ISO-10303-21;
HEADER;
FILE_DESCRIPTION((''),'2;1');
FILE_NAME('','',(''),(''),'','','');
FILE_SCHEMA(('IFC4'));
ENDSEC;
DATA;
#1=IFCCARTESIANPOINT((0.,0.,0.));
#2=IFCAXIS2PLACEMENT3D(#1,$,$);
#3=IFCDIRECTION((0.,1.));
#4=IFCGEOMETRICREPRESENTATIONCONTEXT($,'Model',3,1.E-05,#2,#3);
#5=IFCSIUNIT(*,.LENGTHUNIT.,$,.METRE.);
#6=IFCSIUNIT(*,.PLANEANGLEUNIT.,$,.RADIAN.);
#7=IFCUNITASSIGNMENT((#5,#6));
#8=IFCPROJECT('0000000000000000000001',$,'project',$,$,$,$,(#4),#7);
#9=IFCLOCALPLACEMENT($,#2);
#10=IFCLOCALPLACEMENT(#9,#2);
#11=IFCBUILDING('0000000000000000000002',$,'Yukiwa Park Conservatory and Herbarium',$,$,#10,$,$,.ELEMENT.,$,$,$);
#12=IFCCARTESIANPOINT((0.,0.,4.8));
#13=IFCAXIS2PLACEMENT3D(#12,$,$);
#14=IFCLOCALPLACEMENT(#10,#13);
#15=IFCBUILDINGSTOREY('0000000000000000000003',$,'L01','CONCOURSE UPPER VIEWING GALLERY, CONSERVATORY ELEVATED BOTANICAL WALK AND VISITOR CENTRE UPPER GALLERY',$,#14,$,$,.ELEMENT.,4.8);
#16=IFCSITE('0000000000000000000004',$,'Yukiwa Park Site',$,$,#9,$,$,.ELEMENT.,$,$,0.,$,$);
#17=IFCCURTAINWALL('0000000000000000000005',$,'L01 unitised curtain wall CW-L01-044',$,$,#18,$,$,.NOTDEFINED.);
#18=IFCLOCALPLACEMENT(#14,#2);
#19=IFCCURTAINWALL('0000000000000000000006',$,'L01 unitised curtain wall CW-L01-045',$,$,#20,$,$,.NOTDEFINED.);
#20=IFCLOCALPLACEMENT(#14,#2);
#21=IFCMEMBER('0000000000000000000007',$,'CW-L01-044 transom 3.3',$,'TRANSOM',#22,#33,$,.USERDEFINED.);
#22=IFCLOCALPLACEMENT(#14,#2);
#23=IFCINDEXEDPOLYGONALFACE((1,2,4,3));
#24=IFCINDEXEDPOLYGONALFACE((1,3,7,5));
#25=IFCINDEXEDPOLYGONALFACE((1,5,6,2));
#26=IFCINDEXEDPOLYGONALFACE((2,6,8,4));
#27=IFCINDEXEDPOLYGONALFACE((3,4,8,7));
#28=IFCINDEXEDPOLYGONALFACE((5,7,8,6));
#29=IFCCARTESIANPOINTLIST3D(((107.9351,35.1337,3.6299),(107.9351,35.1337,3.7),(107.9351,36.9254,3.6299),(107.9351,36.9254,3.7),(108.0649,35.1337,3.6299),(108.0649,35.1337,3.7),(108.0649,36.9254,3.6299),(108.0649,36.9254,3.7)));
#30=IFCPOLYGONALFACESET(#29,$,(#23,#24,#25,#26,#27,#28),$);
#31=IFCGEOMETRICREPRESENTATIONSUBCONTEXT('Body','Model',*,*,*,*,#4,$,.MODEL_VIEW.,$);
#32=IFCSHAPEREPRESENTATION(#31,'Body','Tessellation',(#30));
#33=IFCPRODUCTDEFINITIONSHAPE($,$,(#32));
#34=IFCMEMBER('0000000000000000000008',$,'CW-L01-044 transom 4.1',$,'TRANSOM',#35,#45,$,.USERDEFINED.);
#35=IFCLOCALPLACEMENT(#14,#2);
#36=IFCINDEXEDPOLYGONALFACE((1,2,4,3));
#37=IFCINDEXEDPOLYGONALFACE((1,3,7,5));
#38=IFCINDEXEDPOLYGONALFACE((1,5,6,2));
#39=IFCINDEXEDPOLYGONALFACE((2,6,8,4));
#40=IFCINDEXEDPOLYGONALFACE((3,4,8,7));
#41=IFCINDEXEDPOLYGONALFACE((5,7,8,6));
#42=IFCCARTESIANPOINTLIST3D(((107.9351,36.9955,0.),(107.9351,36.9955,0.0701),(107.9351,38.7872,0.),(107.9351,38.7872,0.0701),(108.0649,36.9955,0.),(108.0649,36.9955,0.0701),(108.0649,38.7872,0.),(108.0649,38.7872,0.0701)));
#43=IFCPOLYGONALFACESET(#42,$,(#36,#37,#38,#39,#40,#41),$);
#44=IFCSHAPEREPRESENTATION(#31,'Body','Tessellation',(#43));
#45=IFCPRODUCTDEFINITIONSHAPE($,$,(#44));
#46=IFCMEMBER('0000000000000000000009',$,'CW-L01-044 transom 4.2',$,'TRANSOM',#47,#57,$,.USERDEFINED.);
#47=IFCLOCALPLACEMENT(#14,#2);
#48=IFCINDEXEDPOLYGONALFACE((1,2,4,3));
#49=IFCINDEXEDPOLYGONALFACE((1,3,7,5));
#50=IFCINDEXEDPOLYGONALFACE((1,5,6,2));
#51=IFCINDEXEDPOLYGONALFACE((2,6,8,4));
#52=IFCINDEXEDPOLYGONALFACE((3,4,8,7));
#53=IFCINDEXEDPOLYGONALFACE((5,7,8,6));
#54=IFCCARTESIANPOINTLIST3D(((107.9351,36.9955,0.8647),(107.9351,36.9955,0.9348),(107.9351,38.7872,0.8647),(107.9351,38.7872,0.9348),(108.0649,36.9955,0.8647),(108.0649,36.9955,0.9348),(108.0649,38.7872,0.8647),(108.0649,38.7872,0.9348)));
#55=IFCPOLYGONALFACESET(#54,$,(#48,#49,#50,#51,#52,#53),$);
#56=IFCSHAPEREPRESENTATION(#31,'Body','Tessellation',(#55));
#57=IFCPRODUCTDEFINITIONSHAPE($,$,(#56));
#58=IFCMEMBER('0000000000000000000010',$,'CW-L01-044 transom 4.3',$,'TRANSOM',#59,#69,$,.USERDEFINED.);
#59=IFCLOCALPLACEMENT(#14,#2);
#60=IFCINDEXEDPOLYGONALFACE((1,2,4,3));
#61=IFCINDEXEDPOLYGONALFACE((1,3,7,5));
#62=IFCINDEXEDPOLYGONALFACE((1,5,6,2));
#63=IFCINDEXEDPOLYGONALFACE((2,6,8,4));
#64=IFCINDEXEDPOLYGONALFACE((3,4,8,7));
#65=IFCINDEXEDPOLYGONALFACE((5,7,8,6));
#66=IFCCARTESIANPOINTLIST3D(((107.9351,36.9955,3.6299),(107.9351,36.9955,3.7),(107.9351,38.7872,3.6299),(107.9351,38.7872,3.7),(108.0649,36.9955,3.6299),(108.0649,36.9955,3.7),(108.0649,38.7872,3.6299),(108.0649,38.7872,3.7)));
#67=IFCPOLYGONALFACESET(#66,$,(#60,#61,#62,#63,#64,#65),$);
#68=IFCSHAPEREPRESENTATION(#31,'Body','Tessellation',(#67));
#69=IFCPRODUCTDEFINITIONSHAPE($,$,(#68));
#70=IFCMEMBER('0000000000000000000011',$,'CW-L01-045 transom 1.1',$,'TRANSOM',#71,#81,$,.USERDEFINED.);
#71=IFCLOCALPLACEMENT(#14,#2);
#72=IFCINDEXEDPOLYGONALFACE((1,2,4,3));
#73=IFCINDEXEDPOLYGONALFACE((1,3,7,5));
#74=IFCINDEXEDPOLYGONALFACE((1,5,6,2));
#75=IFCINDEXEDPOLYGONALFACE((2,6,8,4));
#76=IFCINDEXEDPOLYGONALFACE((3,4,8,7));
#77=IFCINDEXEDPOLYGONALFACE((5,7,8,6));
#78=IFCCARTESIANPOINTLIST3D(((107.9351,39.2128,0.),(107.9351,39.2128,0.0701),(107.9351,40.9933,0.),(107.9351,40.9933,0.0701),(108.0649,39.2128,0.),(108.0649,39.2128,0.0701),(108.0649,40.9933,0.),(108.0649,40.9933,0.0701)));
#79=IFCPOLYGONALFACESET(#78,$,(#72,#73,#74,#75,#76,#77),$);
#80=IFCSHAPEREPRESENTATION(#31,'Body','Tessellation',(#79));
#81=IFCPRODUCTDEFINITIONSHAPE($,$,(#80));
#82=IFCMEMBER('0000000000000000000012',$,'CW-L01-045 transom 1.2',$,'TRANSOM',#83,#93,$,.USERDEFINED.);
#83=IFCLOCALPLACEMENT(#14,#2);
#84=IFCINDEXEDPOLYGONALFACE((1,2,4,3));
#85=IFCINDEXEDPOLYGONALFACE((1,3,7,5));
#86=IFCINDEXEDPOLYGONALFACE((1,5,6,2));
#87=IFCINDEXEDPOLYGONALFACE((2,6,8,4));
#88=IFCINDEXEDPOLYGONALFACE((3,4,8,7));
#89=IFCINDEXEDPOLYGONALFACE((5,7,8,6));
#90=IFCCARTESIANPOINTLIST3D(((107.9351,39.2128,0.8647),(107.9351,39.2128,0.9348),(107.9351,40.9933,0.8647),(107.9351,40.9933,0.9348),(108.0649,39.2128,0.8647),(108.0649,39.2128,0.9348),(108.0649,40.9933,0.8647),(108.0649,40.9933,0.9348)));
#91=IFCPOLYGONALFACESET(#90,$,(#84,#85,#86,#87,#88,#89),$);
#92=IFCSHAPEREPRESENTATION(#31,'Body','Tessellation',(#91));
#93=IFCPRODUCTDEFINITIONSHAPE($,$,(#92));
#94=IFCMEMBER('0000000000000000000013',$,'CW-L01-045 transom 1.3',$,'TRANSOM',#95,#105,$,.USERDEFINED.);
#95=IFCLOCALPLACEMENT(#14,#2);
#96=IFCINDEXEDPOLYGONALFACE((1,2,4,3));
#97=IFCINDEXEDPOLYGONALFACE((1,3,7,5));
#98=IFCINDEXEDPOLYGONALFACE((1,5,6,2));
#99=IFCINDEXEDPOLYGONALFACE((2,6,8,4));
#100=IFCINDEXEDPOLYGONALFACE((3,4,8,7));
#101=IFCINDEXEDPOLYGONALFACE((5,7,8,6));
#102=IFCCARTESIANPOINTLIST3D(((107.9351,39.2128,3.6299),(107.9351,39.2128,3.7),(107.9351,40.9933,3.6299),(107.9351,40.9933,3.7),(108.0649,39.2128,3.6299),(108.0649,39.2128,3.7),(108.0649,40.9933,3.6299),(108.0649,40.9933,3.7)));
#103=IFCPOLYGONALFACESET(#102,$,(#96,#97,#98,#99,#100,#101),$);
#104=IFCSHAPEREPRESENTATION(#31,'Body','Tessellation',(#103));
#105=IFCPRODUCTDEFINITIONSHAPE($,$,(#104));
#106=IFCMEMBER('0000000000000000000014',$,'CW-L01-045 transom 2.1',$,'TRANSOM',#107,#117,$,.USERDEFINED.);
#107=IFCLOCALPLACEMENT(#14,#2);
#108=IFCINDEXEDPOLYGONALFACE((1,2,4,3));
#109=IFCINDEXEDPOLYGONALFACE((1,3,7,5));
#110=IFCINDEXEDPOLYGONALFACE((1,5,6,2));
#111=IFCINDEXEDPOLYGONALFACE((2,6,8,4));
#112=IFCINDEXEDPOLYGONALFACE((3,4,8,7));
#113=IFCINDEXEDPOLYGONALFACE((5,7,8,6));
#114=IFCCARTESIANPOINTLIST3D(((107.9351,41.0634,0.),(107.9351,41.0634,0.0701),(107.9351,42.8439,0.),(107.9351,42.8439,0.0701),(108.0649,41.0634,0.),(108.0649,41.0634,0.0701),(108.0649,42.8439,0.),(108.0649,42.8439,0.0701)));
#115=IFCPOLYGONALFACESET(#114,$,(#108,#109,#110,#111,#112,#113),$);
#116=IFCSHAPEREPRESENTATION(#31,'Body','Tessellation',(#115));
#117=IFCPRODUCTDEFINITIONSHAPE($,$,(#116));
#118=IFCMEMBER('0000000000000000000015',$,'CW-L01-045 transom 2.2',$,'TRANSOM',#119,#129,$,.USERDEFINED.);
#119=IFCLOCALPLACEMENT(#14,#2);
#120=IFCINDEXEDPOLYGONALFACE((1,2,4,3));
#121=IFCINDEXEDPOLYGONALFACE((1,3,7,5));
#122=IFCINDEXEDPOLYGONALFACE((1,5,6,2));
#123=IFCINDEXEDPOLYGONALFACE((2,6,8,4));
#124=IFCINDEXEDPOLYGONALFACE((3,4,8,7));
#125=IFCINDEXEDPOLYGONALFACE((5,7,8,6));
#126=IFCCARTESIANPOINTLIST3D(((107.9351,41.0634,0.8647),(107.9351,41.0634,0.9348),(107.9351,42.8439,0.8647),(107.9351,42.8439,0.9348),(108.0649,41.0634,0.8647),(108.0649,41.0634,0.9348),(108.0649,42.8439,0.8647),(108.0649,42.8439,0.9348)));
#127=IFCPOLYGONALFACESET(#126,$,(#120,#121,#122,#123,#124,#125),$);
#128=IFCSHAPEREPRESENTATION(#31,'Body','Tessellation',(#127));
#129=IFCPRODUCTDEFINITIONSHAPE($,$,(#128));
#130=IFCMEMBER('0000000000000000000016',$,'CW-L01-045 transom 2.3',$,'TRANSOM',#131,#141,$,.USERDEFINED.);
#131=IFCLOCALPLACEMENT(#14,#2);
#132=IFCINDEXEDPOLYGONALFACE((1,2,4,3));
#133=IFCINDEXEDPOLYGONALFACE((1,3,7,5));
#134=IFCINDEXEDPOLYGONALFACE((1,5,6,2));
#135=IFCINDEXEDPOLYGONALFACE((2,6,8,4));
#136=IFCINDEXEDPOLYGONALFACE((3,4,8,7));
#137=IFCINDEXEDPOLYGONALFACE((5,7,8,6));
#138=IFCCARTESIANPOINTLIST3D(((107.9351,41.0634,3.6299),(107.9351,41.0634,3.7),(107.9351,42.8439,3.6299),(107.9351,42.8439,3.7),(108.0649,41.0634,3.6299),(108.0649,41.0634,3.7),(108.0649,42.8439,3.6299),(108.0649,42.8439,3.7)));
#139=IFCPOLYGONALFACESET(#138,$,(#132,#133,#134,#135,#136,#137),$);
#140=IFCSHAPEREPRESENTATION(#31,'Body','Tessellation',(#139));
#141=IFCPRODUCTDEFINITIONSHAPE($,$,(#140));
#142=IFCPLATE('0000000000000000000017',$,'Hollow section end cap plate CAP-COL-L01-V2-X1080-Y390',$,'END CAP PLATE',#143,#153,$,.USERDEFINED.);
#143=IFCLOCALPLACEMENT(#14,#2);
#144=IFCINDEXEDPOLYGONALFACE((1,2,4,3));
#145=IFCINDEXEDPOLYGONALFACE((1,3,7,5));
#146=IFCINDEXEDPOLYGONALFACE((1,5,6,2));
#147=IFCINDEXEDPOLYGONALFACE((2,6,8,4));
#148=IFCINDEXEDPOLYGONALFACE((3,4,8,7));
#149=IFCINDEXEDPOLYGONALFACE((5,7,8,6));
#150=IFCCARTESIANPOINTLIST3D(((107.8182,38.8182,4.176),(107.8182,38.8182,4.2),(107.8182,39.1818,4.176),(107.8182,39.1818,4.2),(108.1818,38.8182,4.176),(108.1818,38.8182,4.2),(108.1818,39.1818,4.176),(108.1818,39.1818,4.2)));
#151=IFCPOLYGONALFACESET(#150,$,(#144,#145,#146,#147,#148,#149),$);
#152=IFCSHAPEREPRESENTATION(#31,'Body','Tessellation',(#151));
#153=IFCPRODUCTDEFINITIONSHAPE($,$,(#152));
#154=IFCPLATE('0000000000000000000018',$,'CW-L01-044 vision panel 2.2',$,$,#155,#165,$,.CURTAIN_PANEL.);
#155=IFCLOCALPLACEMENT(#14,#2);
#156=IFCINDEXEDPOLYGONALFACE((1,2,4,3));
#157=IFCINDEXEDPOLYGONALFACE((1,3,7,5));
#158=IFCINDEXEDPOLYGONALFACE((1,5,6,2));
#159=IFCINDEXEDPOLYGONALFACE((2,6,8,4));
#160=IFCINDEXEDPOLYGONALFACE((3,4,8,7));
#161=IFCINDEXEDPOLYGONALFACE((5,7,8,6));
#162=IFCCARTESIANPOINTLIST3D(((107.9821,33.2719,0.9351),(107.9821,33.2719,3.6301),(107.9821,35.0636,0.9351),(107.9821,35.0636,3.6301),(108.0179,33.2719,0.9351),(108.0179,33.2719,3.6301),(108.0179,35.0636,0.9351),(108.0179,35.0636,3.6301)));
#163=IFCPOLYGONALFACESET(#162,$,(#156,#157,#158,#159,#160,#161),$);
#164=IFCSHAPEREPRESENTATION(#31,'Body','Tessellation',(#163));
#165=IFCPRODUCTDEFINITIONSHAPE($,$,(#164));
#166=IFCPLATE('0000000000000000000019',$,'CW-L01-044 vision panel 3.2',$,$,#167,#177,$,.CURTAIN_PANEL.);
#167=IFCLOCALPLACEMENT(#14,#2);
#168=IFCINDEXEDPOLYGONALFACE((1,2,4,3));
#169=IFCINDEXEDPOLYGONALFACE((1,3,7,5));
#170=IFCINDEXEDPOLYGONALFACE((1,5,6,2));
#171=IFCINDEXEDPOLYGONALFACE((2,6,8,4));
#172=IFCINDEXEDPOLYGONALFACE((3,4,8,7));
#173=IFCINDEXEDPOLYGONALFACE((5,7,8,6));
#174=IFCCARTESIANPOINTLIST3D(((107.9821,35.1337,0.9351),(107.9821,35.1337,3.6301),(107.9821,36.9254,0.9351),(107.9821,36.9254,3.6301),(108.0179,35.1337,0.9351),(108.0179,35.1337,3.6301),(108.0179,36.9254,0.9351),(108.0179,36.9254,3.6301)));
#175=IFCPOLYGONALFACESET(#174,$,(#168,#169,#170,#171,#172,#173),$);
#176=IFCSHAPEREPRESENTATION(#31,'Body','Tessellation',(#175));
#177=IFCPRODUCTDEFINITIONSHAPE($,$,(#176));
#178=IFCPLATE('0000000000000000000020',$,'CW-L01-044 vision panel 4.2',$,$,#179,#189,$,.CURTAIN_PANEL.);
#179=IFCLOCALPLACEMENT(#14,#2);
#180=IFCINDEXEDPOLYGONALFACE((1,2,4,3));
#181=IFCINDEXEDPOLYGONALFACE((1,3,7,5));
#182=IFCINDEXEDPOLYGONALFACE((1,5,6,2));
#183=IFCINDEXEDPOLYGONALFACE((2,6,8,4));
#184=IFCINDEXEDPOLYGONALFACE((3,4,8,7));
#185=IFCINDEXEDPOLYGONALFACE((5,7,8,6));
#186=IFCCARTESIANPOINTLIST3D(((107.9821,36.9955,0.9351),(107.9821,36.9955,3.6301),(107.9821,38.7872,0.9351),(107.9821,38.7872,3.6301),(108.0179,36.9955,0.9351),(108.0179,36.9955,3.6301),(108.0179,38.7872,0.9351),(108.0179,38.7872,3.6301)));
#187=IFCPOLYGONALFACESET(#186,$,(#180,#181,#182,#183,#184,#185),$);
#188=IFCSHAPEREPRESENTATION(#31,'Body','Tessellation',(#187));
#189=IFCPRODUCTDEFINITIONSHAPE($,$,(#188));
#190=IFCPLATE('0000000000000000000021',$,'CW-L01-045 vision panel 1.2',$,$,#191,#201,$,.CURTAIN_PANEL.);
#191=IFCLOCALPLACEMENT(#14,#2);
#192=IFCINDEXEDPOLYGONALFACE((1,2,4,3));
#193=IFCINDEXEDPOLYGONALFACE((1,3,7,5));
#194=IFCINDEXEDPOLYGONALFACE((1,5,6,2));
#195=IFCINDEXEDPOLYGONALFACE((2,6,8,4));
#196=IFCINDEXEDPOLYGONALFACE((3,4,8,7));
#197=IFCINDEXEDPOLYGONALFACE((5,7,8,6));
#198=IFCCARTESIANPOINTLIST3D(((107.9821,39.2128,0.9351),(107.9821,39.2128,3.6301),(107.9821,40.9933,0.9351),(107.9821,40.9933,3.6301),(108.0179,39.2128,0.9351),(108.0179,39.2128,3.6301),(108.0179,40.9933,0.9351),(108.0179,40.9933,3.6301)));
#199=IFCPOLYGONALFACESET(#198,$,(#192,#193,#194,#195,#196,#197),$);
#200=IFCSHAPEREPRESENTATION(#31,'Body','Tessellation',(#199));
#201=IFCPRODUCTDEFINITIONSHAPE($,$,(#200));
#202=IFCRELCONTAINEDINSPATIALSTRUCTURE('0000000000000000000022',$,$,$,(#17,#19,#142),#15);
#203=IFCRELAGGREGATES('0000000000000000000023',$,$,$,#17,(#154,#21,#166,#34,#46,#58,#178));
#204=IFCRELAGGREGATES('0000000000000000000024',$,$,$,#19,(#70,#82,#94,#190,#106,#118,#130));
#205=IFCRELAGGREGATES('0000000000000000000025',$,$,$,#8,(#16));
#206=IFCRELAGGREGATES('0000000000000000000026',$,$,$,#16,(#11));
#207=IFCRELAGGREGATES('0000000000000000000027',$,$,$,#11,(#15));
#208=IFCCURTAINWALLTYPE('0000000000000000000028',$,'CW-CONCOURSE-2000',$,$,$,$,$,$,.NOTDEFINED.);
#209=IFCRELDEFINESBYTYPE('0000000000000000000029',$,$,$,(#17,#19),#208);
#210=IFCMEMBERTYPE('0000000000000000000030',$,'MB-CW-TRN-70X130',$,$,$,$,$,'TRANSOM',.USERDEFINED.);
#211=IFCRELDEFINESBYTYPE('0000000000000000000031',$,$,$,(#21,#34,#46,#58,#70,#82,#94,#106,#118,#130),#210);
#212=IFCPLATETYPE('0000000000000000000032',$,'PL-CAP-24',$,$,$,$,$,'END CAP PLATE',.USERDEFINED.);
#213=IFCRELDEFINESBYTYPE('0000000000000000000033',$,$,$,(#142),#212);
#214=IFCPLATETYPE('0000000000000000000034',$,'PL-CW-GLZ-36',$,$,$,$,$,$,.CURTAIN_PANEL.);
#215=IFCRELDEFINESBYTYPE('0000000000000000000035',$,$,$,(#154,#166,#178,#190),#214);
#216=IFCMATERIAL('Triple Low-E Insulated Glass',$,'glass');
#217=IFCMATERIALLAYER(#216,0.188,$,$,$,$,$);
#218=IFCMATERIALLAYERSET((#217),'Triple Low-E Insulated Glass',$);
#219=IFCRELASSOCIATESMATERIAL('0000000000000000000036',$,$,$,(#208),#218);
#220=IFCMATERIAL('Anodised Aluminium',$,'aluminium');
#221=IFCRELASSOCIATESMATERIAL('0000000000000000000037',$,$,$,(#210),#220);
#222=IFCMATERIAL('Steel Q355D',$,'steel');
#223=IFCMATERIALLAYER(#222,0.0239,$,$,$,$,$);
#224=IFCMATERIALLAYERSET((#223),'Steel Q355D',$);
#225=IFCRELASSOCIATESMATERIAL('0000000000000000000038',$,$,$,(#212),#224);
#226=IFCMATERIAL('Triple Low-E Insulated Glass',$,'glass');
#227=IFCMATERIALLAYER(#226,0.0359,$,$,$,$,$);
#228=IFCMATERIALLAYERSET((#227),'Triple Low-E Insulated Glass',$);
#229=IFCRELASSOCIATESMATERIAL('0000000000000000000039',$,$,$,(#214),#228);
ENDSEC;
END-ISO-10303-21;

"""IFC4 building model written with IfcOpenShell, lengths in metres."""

from ifc_helpers import new_model, si_unit, direction, frame, origin, origin_2d, place, context, subcontext, project, spatial, rectangle, extrude, material, layer, layer_set, type_object, element, aggregate, save


model = new_model("IFC4")

# Units and contexts
model_context = context("Model", 3, precision=1e-05, world=origin(), true_north=direction((0.0, 1.0)))
body_context = subcontext(model_context, "Body", "Model", "MODEL_VIEW")
ifc_project = project(units=[si_unit("LENGTHUNIT", "METRE"), si_unit("PLANEANGLEUNIT", "RADIAN")], contexts=[model_context])

# Site, building, storey
site_placement = place(None, origin())
site = spatial("IfcSite", under=ifc_project, at=site_placement, Name="Yukiwa Park Site", CompositionType="ELEMENT", RefElevation=0.0)
building_placement = place(site_placement, origin())
building = spatial("IfcBuilding", under=site, at=building_placement, Name="Yukiwa Park Conservatory and Herbarium", CompositionType="ELEMENT")
storey_placement = place(building_placement, frame((0.0, 0.0, 4.8)))
storey = spatial("IfcBuildingStorey", under=building, at=storey_placement, Name="L01", Description="CONCOURSE UPPER VIEWING GALLERY, CONSERVATORY ELEVATED BOTANICAL WALK AND VISITOR CENTRE UPPER GALLERY", CompositionType="ELEMENT", Elevation=4.8)

# Curtain walls
ifc_material_1 = material(Name="Triple Low-E Insulated Glass", Category="glass")
ifc_layer_1 = layer(ifc_material_1, 0.188)
ifc_layer_set_1 = layer_set([ifc_layer_1], Name="Triple Low-E Insulated Glass")
curtain_wall_type = type_object("IfcCurtainWallType", Name="CW-CONCOURSE-2000", PredefinedType="NOTDEFINED", material=ifc_layer_set_1)
curtain_wall_1_placement = place(storey_placement, origin())
curtain_wall_1 = element("IfcCurtainWall", 1, at=curtain_wall_1_placement, inside=storey, type_object=curtain_wall_type, Name="L01 unitised curtain wall CW-L01-044", PredefinedType="NOTDEFINED")
curtain_wall_2_placement = place(storey_placement, origin())
curtain_wall_2 = element("IfcCurtainWall", 2, at=curtain_wall_2_placement, inside=storey, type_object=curtain_wall_type, Name="L01 unitised curtain wall CW-L01-045", PredefinedType="NOTDEFINED")

# Members
ifc_material_2 = material(Name="Anodised Aluminium", Category="aluminium")
member_type_1 = type_object("IfcMemberType", Name="MB-CW-TRN-70X130", ElementType="TRANSOM", PredefinedType="USERDEFINED", material=ifc_material_2)
member_1_placement = place(storey_placement, frame((108.0, 36.0295, 3.6299), z_axis=(0.0, 0.0, 1.0), x_axis=(0.0, 1.0, 0.0)))
member_1 = element("IfcMember", 3, at=member_1_placement, type_object=member_type_1, Name="CW-L01-044 transom 3.3", ObjectType="TRANSOM", PredefinedType="USERDEFINED", context=body_context, shape_type="SweptSolid", body=[
    extrude(rectangle(XDim=1.7917, YDim=0.1299, at=origin_2d()), origin(), (0.0, 0.0, 1.0), 0.0701),
])
member_2_placement = place(storey_placement, frame((108.0, 37.8914, 0.0), z_axis=(0.0, 0.0, 1.0), x_axis=(0.0, 1.0, 0.0)))
member_2 = element("IfcMember", 4, at=member_2_placement, type_object=member_type_1, Name="CW-L01-044 transom 4.1", ObjectType="TRANSOM", PredefinedType="USERDEFINED", context=body_context, shape_type="SweptSolid", body=[
    extrude(rectangle(XDim=1.7917, YDim=0.1299, at=origin_2d()), origin(), (0.0, 0.0, 1.0), 0.0701),
])
member_3_placement = place(storey_placement, frame((108.0, 37.8914, 0.8647), z_axis=(0.0, 0.0, 1.0), x_axis=(0.0, 1.0, 0.0)))
member_3 = element("IfcMember", 5, at=member_3_placement, type_object=member_type_1, Name="CW-L01-044 transom 4.2", ObjectType="TRANSOM", PredefinedType="USERDEFINED", context=body_context, shape_type="SweptSolid", body=[
    extrude(rectangle(XDim=1.7917, YDim=0.1299, at=origin_2d()), origin(), (0.0, 0.0, 1.0), 0.0701),
])
member_4_placement = place(storey_placement, frame((108.0, 37.8914, 3.6299), z_axis=(0.0, 0.0, 1.0), x_axis=(0.0, 1.0, 0.0)))
member_4 = element("IfcMember", 6, at=member_4_placement, type_object=member_type_1, Name="CW-L01-044 transom 4.3", ObjectType="TRANSOM", PredefinedType="USERDEFINED", context=body_context, shape_type="SweptSolid", body=[
    extrude(rectangle(XDim=1.7917, YDim=0.1299, at=origin_2d()), origin(), (0.0, 0.0, 1.0), 0.0701),
])
member_5_placement = place(storey_placement, frame((108.0, 40.103, 0.0), z_axis=(0.0, 0.0, 1.0), x_axis=(0.0, 1.0, 0.0)))
member_5 = element("IfcMember", 7, at=member_5_placement, type_object=member_type_1, Name="CW-L01-045 transom 1.1", ObjectType="TRANSOM", PredefinedType="USERDEFINED", context=body_context, shape_type="SweptSolid", body=[
    extrude(rectangle(XDim=1.7805, YDim=0.1299, at=origin_2d()), origin(), (0.0, 0.0, 1.0), 0.0701),
])
member_6_placement = place(storey_placement, frame((108.0, 40.103, 0.8647), z_axis=(0.0, 0.0, 1.0), x_axis=(0.0, 1.0, 0.0)))
member_6 = element("IfcMember", 8, at=member_6_placement, type_object=member_type_1, Name="CW-L01-045 transom 1.2", ObjectType="TRANSOM", PredefinedType="USERDEFINED", context=body_context, shape_type="SweptSolid", body=[
    extrude(rectangle(XDim=1.7805, YDim=0.1299, at=origin_2d()), origin(), (0.0, 0.0, 1.0), 0.0701),
])
member_7_placement = place(storey_placement, frame((108.0, 40.103, 3.6299), z_axis=(0.0, 0.0, 1.0), x_axis=(0.0, 1.0, 0.0)))
member_7 = element("IfcMember", 9, at=member_7_placement, type_object=member_type_1, Name="CW-L01-045 transom 1.3", ObjectType="TRANSOM", PredefinedType="USERDEFINED", context=body_context, shape_type="SweptSolid", body=[
    extrude(rectangle(XDim=1.7805, YDim=0.1299, at=origin_2d()), origin(), (0.0, 0.0, 1.0), 0.0701),
])
member_8_placement = place(storey_placement, frame((108.0, 41.9536, 0.0), z_axis=(0.0, 0.0, 1.0), x_axis=(0.0, 1.0, 0.0)))
member_8 = element("IfcMember", 10, at=member_8_placement, type_object=member_type_1, Name="CW-L01-045 transom 2.1", ObjectType="TRANSOM", PredefinedType="USERDEFINED", context=body_context, shape_type="SweptSolid", body=[
    extrude(rectangle(XDim=1.7805, YDim=0.1299, at=origin_2d()), origin(), (0.0, 0.0, 1.0), 0.0701),
])
member_9_placement = place(storey_placement, frame((108.0, 41.9536, 0.8647), z_axis=(0.0, 0.0, 1.0), x_axis=(0.0, 1.0, 0.0)))
member_9 = element("IfcMember", 11, at=member_9_placement, type_object=member_type_1, Name="CW-L01-045 transom 2.2", ObjectType="TRANSOM", PredefinedType="USERDEFINED", context=body_context, shape_type="SweptSolid", body=[
    extrude(rectangle(XDim=1.7805, YDim=0.1299, at=origin_2d()), origin(), (0.0, 0.0, 1.0), 0.0701),
])
member_10_placement = place(storey_placement, frame((108.0, 41.9536, 3.6299), z_axis=(0.0, 0.0, 1.0), x_axis=(0.0, 1.0, 0.0)))
member_10 = element("IfcMember", 12, at=member_10_placement, type_object=member_type_1, Name="CW-L01-045 transom 2.3", ObjectType="TRANSOM", PredefinedType="USERDEFINED", context=body_context, shape_type="SweptSolid", body=[
    extrude(rectangle(XDim=1.7805, YDim=0.1299, at=origin_2d()), origin(), (0.0, 0.0, 1.0), 0.0701),
])

# Plates
ifc_material_3 = material(Name="Steel Q355D", Category="steel")
ifc_layer_2 = layer(ifc_material_3, 0.0239)
ifc_layer_set_2 = layer_set([ifc_layer_2], Name="Steel Q355D")
plate_type_1 = type_object("IfcPlateType", Name="PL-CAP-24", ElementType="END CAP PLATE", PredefinedType="USERDEFINED", material=ifc_layer_set_2)
plate_1_placement = place(storey_placement, frame((108.0, 39.0, 4.176), z_axis=(0.0, 0.0, 1.0), x_axis=(1.0, 0.0, 0.0)))
element("IfcPlate", 13, at=plate_1_placement, inside=storey, type_object=plate_type_1, Name="Hollow section end cap plate CAP-COL-L01-V2-X1080-Y390", ObjectType="END CAP PLATE", PredefinedType="USERDEFINED", context=body_context, shape_type="SweptSolid", body=[
    extrude(rectangle(XDim=0.3635, YDim=0.3635, at=origin_2d()), origin(), (0.0, 0.0, 1.0), 0.0239),
])
ifc_material_4 = material(Name="Triple Low-E Insulated Glass", Category="glass")
ifc_layer_3 = layer(ifc_material_4, 0.0359)
ifc_layer_set_3 = layer_set([ifc_layer_3], Name="Triple Low-E Insulated Glass")
plate_type_2 = type_object("IfcPlateType", Name="PL-CW-GLZ-36", PredefinedType="CURTAIN_PANEL", material=ifc_layer_set_3)
plate_2_placement = place(storey_placement, frame((108.0, 34.1677, 0.9351), z_axis=(0.0, 0.0, 1.0), x_axis=(0.0, 1.0, 0.0)))
plate_2 = element("IfcPlate", 14, at=plate_2_placement, type_object=plate_type_2, Name="CW-L01-044 vision panel 2.2", PredefinedType="CURTAIN_PANEL", context=body_context, shape_type="SweptSolid", body=[
    extrude(rectangle(XDim=1.7917, YDim=0.0359, at=origin_2d()), origin(), (0.0, 0.0, 1.0), 2.6951),
])
plate_3_placement = place(storey_placement, frame((108.0, 36.0295, 0.9351), z_axis=(0.0, 0.0, 1.0), x_axis=(0.0, 1.0, 0.0)))
plate_3 = element("IfcPlate", 15, at=plate_3_placement, type_object=plate_type_2, Name="CW-L01-044 vision panel 3.2", PredefinedType="CURTAIN_PANEL", context=body_context, shape_type="SweptSolid", body=[
    extrude(rectangle(XDim=1.7917, YDim=0.0359, at=origin_2d()), origin(), (0.0, 0.0, 1.0), 2.6951),
])
plate_4_placement = place(storey_placement, frame((108.0, 37.8914, 0.9351), z_axis=(0.0, 0.0, 1.0), x_axis=(0.0, 1.0, 0.0)))
plate_4 = element("IfcPlate", 16, at=plate_4_placement, type_object=plate_type_2, Name="CW-L01-044 vision panel 4.2", PredefinedType="CURTAIN_PANEL", context=body_context, shape_type="SweptSolid", body=[
    extrude(rectangle(XDim=1.7917, YDim=0.0359, at=origin_2d()), origin(), (0.0, 0.0, 1.0), 2.6951),
])
plate_5_placement = place(storey_placement, frame((108.0, 40.103, 0.9351), z_axis=(0.0, 0.0, 1.0), x_axis=(0.0, 1.0, 0.0)))
plate_5 = element("IfcPlate", 17, at=plate_5_placement, type_object=plate_type_2, Name="CW-L01-045 vision panel 1.2", PredefinedType="CURTAIN_PANEL", context=body_context, shape_type="SweptSolid", body=[
    extrude(rectangle(XDim=1.7805, YDim=0.0359, at=origin_2d()), origin(), (0.0, 0.0, 1.0), 2.6951),
])
aggregate(curtain_wall_1, [plate_2, member_1, plate_3, member_2, member_3, member_4, plate_4])
aggregate(curtain_wall_2, [member_5, member_6, member_7, plate_5, member_8, member_9, member_10])

save(model, "model.ifc")
